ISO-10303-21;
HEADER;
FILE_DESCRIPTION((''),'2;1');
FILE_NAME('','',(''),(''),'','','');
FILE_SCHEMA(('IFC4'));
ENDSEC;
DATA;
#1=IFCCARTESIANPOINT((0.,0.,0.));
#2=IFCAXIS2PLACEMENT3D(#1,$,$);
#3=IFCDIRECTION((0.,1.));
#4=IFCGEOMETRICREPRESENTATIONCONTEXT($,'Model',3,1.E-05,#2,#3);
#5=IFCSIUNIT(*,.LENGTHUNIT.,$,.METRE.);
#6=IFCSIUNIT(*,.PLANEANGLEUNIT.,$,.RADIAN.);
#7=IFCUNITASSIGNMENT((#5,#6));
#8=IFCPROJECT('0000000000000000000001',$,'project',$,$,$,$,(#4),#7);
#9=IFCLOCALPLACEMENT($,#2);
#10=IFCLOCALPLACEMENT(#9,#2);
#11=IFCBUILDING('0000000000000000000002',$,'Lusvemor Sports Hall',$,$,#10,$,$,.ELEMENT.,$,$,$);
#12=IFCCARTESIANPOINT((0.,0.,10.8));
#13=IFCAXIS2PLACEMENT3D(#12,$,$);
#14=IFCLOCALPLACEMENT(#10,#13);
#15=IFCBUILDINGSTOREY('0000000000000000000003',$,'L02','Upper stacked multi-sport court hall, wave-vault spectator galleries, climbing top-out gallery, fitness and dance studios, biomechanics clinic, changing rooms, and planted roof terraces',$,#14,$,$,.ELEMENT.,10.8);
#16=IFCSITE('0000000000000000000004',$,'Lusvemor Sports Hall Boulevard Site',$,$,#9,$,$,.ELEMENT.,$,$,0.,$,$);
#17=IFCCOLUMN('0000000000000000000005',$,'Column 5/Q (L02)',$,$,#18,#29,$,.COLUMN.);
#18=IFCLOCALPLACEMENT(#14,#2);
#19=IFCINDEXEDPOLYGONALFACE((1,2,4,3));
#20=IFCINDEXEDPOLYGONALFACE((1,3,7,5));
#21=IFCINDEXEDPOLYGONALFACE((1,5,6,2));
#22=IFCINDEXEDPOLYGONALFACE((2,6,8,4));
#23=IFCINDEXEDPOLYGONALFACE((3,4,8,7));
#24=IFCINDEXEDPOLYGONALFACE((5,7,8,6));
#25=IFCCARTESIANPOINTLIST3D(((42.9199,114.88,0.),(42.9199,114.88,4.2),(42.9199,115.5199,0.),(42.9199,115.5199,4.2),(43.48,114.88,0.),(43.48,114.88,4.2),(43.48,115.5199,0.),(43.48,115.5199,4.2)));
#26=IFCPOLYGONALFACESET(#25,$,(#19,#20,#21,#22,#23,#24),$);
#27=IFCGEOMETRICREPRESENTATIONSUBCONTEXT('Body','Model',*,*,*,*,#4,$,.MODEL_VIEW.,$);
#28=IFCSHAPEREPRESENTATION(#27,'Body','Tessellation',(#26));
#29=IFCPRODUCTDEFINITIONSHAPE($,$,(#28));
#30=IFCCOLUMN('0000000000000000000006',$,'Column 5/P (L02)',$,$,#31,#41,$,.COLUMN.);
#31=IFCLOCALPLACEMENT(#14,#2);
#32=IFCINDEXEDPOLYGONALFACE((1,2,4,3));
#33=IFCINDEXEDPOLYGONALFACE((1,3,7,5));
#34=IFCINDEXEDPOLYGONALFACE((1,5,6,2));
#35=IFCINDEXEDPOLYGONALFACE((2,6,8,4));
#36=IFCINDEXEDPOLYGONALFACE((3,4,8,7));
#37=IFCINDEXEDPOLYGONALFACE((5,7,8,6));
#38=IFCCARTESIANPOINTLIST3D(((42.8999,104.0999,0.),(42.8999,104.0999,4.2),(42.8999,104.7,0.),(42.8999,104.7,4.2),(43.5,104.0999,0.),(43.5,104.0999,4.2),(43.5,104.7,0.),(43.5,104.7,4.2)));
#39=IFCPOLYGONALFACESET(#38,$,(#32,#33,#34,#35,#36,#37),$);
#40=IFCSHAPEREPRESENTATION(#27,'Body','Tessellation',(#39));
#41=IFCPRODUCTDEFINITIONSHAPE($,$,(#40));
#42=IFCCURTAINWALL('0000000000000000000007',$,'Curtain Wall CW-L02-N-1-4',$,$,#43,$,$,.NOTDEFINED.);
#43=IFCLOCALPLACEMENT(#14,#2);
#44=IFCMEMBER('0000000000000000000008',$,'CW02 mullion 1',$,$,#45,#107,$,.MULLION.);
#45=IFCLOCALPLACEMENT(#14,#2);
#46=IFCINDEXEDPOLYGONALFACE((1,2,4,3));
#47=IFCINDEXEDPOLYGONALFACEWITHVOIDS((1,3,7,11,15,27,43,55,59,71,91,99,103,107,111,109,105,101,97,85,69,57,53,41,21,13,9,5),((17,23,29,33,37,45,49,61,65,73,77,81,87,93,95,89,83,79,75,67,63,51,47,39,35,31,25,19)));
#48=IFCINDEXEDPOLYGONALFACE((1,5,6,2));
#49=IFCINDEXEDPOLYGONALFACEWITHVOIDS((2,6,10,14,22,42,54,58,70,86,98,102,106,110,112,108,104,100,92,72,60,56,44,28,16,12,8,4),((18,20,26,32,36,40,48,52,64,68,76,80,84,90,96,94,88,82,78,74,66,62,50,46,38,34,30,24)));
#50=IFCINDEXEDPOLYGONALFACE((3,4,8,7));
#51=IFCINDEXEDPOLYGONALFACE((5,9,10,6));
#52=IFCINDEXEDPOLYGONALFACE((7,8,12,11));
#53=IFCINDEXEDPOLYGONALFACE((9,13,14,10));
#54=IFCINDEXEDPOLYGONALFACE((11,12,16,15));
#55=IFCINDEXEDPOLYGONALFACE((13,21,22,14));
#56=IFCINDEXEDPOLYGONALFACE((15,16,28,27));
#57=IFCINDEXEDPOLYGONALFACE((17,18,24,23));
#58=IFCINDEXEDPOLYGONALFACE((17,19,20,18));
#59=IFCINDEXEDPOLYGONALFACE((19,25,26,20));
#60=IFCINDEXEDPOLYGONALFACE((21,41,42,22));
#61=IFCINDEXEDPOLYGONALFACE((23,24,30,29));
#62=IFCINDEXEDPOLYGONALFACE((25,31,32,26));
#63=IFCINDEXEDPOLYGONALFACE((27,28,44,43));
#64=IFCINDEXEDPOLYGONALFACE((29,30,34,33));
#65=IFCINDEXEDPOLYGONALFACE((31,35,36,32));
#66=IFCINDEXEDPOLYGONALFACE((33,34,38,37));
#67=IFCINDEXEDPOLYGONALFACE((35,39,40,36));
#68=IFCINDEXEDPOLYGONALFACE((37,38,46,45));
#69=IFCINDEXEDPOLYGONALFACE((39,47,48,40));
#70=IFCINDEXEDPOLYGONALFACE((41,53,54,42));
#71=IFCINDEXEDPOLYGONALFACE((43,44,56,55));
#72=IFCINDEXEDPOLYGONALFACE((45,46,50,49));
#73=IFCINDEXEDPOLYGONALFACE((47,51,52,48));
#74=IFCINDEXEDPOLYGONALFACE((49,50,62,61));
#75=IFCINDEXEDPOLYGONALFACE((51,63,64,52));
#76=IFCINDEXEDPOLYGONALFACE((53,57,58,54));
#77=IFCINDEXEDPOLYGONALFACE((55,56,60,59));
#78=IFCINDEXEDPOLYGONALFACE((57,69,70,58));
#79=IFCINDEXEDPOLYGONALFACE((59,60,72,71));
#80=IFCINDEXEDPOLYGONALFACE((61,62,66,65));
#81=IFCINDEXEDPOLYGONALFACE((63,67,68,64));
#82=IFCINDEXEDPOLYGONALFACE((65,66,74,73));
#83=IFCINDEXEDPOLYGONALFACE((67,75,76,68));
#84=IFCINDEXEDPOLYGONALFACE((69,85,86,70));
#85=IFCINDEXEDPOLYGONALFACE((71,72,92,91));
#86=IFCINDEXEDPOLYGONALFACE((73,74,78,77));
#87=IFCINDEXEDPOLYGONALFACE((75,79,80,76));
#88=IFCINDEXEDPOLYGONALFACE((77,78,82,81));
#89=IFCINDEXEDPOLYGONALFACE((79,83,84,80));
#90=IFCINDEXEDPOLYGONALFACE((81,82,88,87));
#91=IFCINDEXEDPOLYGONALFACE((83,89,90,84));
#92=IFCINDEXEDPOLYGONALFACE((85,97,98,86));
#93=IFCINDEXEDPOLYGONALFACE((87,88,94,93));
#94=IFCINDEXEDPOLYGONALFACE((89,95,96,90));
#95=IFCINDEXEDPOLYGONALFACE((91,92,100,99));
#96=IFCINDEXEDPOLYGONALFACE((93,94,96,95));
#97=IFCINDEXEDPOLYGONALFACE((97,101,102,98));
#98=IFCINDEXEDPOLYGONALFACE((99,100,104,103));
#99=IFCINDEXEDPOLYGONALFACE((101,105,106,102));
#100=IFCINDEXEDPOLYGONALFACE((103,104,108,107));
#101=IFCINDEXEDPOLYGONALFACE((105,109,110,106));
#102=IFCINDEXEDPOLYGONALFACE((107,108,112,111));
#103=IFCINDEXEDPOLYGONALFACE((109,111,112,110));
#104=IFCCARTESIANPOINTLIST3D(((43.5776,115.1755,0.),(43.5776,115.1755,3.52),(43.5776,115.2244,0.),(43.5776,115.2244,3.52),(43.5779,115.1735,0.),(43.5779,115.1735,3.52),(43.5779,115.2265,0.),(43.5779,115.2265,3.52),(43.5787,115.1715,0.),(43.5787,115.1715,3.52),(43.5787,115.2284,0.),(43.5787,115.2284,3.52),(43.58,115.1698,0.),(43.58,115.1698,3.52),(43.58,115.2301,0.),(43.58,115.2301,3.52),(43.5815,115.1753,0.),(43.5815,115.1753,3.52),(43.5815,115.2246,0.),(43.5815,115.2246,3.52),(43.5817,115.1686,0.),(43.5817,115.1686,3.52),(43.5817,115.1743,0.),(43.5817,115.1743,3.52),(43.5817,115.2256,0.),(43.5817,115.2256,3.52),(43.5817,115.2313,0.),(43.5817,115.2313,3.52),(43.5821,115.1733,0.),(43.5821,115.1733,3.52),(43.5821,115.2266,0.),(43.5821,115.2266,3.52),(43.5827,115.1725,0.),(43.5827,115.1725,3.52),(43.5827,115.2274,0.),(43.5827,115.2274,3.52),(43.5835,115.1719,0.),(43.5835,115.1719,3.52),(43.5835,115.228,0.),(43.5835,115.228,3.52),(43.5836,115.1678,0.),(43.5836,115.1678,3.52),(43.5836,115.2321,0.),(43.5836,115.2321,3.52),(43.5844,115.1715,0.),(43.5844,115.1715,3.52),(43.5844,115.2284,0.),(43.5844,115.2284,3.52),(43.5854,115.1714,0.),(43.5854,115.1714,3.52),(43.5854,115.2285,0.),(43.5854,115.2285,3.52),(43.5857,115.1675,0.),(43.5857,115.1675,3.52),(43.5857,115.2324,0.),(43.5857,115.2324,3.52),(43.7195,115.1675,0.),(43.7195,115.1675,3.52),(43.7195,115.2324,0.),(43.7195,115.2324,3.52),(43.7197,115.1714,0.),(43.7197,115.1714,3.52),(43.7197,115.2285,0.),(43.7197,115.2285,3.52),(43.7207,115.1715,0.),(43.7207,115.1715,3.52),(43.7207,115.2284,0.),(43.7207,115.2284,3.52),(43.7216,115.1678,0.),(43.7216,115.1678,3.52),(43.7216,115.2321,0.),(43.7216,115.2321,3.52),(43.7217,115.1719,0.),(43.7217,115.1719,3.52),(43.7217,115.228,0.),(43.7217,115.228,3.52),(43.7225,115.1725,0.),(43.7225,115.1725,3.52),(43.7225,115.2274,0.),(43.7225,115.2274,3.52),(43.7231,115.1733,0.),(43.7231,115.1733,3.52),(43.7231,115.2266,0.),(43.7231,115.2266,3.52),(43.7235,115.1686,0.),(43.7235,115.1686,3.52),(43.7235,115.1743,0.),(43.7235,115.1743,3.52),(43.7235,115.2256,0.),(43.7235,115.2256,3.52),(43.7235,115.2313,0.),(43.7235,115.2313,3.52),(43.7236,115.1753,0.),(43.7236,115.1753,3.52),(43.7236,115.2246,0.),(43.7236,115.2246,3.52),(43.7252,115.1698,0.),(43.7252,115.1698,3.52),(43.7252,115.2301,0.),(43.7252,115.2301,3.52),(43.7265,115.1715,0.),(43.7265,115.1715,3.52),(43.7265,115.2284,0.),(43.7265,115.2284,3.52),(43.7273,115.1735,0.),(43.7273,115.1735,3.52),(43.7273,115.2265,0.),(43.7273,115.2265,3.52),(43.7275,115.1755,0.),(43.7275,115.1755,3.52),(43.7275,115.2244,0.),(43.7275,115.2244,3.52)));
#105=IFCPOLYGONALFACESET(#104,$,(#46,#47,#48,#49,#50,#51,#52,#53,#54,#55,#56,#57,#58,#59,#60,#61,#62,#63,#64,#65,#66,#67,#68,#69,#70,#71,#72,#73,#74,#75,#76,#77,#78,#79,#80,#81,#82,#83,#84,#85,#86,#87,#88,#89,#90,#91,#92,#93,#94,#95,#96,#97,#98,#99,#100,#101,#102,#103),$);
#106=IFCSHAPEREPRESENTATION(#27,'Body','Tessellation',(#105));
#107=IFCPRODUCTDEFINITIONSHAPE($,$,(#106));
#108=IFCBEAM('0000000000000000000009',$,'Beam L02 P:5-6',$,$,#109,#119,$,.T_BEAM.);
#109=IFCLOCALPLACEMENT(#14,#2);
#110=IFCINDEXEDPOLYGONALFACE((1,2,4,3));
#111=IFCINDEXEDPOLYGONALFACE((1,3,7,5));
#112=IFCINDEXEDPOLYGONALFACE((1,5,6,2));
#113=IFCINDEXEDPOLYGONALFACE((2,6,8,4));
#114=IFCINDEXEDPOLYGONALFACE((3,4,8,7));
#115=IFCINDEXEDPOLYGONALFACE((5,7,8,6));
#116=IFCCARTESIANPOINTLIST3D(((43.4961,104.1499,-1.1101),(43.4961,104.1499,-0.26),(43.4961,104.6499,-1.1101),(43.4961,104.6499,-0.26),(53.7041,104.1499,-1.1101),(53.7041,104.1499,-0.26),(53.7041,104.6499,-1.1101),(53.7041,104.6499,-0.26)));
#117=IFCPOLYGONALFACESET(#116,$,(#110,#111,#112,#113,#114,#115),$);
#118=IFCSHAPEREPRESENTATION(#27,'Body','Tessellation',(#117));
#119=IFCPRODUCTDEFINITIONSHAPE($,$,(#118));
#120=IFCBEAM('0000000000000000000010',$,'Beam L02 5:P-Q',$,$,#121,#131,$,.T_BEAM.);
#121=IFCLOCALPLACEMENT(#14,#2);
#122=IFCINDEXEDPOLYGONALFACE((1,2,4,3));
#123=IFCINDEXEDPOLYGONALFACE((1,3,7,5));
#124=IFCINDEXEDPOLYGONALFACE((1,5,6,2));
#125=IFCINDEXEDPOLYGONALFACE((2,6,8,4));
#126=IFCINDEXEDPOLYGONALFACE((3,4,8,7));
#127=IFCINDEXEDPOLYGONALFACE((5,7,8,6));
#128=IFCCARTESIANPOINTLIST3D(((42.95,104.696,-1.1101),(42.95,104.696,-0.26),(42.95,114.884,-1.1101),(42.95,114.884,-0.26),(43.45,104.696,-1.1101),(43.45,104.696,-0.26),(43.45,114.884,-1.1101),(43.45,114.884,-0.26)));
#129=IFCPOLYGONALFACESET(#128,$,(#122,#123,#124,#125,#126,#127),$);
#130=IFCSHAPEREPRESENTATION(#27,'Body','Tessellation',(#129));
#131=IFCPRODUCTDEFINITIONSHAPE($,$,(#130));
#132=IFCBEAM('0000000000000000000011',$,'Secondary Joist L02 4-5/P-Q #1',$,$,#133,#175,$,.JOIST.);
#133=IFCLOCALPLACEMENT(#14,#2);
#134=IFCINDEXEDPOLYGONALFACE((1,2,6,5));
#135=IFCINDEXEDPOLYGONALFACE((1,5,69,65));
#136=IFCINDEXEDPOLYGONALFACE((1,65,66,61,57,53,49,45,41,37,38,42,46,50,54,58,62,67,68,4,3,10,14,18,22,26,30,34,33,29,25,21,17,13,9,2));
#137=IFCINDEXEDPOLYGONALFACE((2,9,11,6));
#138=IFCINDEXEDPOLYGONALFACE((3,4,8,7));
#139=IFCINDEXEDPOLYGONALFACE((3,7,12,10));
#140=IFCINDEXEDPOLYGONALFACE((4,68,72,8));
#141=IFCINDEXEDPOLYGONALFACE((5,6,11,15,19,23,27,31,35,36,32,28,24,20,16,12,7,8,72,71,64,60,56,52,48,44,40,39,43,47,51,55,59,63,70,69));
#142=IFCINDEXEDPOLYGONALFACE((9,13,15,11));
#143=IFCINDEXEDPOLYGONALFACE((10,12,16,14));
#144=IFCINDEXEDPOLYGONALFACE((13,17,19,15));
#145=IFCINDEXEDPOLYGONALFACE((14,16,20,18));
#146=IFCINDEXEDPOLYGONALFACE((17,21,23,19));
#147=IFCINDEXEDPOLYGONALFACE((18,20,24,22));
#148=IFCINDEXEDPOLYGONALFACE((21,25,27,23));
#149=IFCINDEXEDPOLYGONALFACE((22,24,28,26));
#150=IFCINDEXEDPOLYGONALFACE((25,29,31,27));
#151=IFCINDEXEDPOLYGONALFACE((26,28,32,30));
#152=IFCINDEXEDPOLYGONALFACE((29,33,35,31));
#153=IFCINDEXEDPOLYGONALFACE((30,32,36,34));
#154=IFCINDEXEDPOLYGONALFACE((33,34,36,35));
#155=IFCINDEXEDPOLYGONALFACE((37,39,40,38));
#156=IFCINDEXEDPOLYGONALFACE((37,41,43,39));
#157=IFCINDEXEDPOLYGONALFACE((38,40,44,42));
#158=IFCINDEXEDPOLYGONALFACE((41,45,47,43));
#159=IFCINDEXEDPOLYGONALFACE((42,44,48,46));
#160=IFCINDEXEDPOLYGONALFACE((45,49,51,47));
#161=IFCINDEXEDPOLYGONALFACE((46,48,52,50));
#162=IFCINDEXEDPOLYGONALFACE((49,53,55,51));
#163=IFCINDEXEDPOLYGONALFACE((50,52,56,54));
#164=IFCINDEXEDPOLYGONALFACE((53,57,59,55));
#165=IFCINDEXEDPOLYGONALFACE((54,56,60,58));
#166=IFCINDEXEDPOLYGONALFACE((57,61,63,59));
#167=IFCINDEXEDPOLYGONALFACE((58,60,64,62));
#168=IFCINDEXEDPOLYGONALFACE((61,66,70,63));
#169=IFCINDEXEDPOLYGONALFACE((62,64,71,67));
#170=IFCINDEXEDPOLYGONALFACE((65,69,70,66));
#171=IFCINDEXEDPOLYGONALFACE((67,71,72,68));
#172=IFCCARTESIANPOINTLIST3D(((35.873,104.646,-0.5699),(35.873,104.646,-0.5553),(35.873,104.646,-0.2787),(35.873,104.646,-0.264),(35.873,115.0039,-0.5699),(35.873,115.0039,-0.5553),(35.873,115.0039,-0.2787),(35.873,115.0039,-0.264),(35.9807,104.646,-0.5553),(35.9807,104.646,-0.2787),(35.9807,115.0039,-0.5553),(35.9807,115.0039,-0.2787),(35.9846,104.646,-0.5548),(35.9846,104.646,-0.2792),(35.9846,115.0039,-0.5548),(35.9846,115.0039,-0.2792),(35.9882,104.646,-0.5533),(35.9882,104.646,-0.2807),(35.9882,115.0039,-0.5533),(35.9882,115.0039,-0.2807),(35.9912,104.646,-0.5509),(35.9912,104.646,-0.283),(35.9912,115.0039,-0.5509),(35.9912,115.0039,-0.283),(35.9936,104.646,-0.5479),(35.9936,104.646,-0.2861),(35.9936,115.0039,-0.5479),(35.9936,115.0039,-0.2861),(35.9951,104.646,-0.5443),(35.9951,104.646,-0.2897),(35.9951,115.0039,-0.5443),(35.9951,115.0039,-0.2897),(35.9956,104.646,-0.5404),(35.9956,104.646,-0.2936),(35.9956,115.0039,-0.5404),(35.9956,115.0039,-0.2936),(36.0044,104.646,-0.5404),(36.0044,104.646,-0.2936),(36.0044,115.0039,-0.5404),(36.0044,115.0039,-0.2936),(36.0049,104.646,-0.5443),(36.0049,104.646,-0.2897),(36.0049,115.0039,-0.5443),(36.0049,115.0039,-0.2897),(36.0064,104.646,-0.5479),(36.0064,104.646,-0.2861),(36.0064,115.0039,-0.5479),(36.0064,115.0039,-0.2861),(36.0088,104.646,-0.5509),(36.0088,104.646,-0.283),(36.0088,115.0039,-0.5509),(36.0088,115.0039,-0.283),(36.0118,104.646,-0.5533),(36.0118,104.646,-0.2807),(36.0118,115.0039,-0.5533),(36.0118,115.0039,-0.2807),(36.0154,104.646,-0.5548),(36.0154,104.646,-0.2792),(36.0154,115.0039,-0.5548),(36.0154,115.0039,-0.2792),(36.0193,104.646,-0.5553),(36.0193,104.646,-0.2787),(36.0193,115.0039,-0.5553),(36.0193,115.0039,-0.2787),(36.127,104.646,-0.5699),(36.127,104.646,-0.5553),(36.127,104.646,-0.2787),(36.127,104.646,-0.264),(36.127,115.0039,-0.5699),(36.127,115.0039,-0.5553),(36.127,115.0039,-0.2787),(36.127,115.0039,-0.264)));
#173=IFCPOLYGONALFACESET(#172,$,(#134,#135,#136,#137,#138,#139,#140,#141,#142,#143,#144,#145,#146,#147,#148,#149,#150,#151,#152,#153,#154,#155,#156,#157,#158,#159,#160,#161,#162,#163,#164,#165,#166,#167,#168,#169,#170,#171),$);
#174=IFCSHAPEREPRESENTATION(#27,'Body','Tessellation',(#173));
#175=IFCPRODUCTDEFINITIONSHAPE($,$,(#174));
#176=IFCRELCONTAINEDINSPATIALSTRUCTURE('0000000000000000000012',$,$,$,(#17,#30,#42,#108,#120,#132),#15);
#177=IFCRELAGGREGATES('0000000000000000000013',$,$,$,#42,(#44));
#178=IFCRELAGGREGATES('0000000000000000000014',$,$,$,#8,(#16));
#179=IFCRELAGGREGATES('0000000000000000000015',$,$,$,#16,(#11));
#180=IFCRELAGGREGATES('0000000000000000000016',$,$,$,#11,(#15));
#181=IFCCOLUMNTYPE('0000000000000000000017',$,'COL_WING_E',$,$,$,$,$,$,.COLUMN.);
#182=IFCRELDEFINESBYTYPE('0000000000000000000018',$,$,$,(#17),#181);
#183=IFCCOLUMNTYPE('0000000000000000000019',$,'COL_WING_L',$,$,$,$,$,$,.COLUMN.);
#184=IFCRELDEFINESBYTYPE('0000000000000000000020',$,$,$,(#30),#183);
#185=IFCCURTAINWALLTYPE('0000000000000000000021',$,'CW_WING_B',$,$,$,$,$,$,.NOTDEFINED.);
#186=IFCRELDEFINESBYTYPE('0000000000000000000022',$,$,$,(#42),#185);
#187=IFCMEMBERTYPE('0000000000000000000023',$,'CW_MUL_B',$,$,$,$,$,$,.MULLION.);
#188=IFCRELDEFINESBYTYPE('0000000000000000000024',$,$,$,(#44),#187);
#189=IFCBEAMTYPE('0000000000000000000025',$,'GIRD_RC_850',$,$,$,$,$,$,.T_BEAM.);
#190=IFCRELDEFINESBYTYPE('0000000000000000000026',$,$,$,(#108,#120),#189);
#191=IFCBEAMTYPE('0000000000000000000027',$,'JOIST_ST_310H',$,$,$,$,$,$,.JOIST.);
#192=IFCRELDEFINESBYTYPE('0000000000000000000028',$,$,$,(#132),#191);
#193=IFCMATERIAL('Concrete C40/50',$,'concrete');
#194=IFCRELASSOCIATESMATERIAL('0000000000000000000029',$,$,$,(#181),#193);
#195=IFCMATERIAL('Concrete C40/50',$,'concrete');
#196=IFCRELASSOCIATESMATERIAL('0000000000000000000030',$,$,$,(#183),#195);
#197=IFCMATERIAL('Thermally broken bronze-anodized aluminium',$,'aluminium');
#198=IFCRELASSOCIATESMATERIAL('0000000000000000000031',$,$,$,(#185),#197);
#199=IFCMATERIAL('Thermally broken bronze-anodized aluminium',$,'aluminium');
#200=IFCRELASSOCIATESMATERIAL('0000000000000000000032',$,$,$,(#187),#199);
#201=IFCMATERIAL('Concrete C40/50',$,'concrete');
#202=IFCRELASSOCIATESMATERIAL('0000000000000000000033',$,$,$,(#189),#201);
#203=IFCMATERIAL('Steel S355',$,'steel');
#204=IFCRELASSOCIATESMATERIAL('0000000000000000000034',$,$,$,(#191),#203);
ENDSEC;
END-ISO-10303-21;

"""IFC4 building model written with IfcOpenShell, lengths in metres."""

from ifc_helpers import new_model, si_unit, direction, frame, origin, origin_2d, place, context, subcontext, project, spatial, rectangle, hollow_rectangle, i_section, extrude, material, material_profile, profile_set, type_object, element, aggregate, save


model = new_model("IFC4")

# Units and contexts
model_context = context("Model", 3, precision=1e-05, world=origin(), true_north=direction((0.0, 1.0)))
body_context = subcontext(model_context, "Body", "Model", "MODEL_VIEW")
ifc_project = project(units=[si_unit("LENGTHUNIT", "METRE"), si_unit("PLANEANGLEUNIT", "RADIAN")], contexts=[model_context])

# Site, building, storey
site_placement = place(None, origin())
site = spatial("IfcSite", under=ifc_project, at=site_placement, Name="Lusvemor Sports Hall Boulevard Site", CompositionType="ELEMENT", RefElevation=0.0)
building_placement = place(site_placement, origin())
building = spatial("IfcBuilding", under=site, at=building_placement, Name="Lusvemor Sports Hall", CompositionType="ELEMENT")
storey_placement = place(building_placement, frame((0.0, 0.0, 10.8)))
storey = spatial("IfcBuildingStorey", under=building, at=storey_placement, Name="L02", Description="Upper stacked multi-sport court hall, wave-vault spectator galleries, climbing top-out gallery, fitness and dance studios, biomechanics clinic, changing rooms, and planted roof terraces", CompositionType="ELEMENT", Elevation=10.8)

# Columns
ifc_material_1 = material(Name="Concrete C40/50", Category="concrete")
ifc_material_profile_1 = material_profile(ifc_material_1, rectangle(XDim=0.5601, YDim=0.6399, at=origin_2d()), Name="RC560x640")
ifc_profile_set_1 = profile_set([ifc_material_profile_1], Name="Concrete C40/50")
column_type_1 = type_object("IfcColumnType", Name="COL_WING_E", PredefinedType="COLUMN", material=ifc_profile_set_1)
column_1_placement = place(storey_placement, frame((43.2, 115.2, 0.0), z_axis=(0.0, 0.0, 1.0), x_axis=(1.0, 0.0, 0.0)))
element("IfcColumn", 1, at=column_1_placement, inside=storey, type_object=column_type_1, Name="Column 5/Q (L02)", PredefinedType="COLUMN", context=body_context, shape_type="SweptSolid", body=[
    extrude(rectangle(XDim=0.5601, YDim=0.6399, at=origin_2d()), origin(), (0.0, 0.0, 1.0), 4.2),
])
ifc_material_2 = material(Name="Concrete C40/50", Category="concrete")
ifc_material_profile_2 = material_profile(ifc_material_2, rectangle(XDim=0.6001, YDim=0.6001, at=origin_2d()), Name="RC600x600")
ifc_profile_set_2 = profile_set([ifc_material_profile_2], Name="Concrete C40/50")
column_type_2 = type_object("IfcColumnType", Name="COL_WING_L", PredefinedType="COLUMN", material=ifc_profile_set_2)
column_2_placement = place(storey_placement, frame((43.2, 104.3999, 0.0), z_axis=(0.0, 0.0, 1.0), x_axis=(1.0, 0.0, 0.0)))
element("IfcColumn", 2, at=column_2_placement, inside=storey, type_object=column_type_2, Name="Column 5/P (L02)", PredefinedType="COLUMN", context=body_context, shape_type="SweptSolid", body=[
    extrude(rectangle(XDim=0.6001, YDim=0.6001, at=origin_2d()), origin(), (0.0, 0.0, 1.0), 4.2),
])

# Curtain wall, member
ifc_material_3 = material(Name="Thermally broken bronze-anodized aluminium", Category="aluminium")
curtain_wall_type = type_object("IfcCurtainWallType", Name="CW_WING_B", PredefinedType="NOTDEFINED", material=ifc_material_3)
curtain_wall_placement = place(storey_placement, origin())
curtain_wall = element("IfcCurtainWall", 3, at=curtain_wall_placement, inside=storey, type_object=curtain_wall_type, Name="Curtain Wall CW-L02-N-1-4", PredefinedType="NOTDEFINED")
ifc_material_4 = material(Name="Thermally broken bronze-anodized aluminium", Category="aluminium")
ifc_material_profile_3 = material_profile(ifc_material_4, hollow_rectangle(XDim=0.0649, YDim=0.1499, WallThickness=0.0039, InnerFilletRadius=0.0039, OuterFilletRadius=0.0081, at=origin_2d()), Name="CWMUL150x65x4")
ifc_profile_set_3 = profile_set([ifc_material_profile_3], Name="Thermally broken bronze-anodized aluminium")
member_type = type_object("IfcMemberType", Name="CW_MUL_B", PredefinedType="MULLION", material=ifc_profile_set_3)
member_placement = place(storey_placement, frame((43.6526, 115.2, 0.0), z_axis=(0.0, 0.0, 1.0), x_axis=(0.0, 1.0, 0.0)))
member = element("IfcMember", 4, at=member_placement, type_object=member_type, Name="CW02 mullion 1", PredefinedType="MULLION", context=body_context, shape_type="SweptSolid", body=[
    extrude(hollow_rectangle(XDim=0.0649, YDim=0.1499, WallThickness=0.0039, InnerFilletRadius=0.0039, OuterFilletRadius=0.0081, at=origin_2d()), origin(), (0.0, 0.0, 1.0), 3.52),
])
aggregate(curtain_wall, [member])

# Beams
ifc_material_5 = material(Name="Concrete C40/50", Category="concrete")
ifc_material_profile_4 = material_profile(ifc_material_5, rectangle(XDim=0.5, YDim=0.8501, at=origin_2d()), Name="RC500x850")
ifc_profile_set_4 = profile_set([ifc_material_profile_4], Name="Concrete C40/50")
beam_type_1 = type_object("IfcBeamType", Name="GIRD_RC_850", PredefinedType="T_BEAM", material=ifc_profile_set_4)
beam_1_placement = place(storey_placement, frame((43.4961, 104.3999, -0.6851), z_axis=(1.0, 0.0, 0.0), x_axis=(0.0, 1.0, 0.0)))
element("IfcBeam", 5, at=beam_1_placement, inside=storey, type_object=beam_type_1, Name="Beam L02 P:5-6", PredefinedType="T_BEAM", context=body_context, shape_type="SweptSolid", body=[
    extrude(rectangle(XDim=0.5, YDim=0.8501, at=origin_2d()), origin(), (0.0, 0.0, 1.0), 10.208),
])
beam_2_placement = place(storey_placement, frame((43.2, 104.696, -0.6851), z_axis=(0.0, 1.0, 0.0), x_axis=(-1.0, 0.0, 0.0)))
element("IfcBeam", 6, at=beam_2_placement, inside=storey, type_object=beam_type_1, Name="Beam L02 5:P-Q", PredefinedType="T_BEAM", context=body_context, shape_type="SweptSolid", body=[
    extrude(rectangle(XDim=0.5, YDim=0.8501, at=origin_2d()), origin(), (0.0, 0.0, 1.0), 10.188),
])
ifc_material_6 = material(Name="Steel S355", Category="steel")
ifc_material_profile_5 = material_profile(ifc_material_6, i_section(OverallWidth=0.2539, OverallDepth=0.3059, WebThickness=0.0088, FlangeThickness=0.0146, FilletRadius=0.0149, at=origin_2d()), Name="W310x79.0")
ifc_profile_set_5 = profile_set([ifc_material_profile_5], Name="Steel S355")
beam_type_2 = type_object("IfcBeamType", Name="JOIST_ST_310H", PredefinedType="JOIST", material=ifc_profile_set_5)
for number, where, z_axis, x_axis, name in (
    (7, (36.0, 104.646, -0.417), (0.0, 1.0, 0.0), (-1.0, 0.0, 0.0), "Secondary Joist L02 4-5/P-Q #1"),
):
    element("IfcBeam", number, at=place(storey_placement, frame(where, z_axis=z_axis, x_axis=x_axis)), inside=storey, type_object=beam_type_2, Name=name, PredefinedType="JOIST", context=body_context, shape_type="SweptSolid", body=[
        extrude(i_section(OverallWidth=0.2539, OverallDepth=0.3059, WebThickness=0.0088, FlangeThickness=0.0146, FilletRadius=0.0149, at=origin_2d()), origin(), (0.0, 0.0, 1.0), 10.3579),
    ])

save(model, "model.ifc")
